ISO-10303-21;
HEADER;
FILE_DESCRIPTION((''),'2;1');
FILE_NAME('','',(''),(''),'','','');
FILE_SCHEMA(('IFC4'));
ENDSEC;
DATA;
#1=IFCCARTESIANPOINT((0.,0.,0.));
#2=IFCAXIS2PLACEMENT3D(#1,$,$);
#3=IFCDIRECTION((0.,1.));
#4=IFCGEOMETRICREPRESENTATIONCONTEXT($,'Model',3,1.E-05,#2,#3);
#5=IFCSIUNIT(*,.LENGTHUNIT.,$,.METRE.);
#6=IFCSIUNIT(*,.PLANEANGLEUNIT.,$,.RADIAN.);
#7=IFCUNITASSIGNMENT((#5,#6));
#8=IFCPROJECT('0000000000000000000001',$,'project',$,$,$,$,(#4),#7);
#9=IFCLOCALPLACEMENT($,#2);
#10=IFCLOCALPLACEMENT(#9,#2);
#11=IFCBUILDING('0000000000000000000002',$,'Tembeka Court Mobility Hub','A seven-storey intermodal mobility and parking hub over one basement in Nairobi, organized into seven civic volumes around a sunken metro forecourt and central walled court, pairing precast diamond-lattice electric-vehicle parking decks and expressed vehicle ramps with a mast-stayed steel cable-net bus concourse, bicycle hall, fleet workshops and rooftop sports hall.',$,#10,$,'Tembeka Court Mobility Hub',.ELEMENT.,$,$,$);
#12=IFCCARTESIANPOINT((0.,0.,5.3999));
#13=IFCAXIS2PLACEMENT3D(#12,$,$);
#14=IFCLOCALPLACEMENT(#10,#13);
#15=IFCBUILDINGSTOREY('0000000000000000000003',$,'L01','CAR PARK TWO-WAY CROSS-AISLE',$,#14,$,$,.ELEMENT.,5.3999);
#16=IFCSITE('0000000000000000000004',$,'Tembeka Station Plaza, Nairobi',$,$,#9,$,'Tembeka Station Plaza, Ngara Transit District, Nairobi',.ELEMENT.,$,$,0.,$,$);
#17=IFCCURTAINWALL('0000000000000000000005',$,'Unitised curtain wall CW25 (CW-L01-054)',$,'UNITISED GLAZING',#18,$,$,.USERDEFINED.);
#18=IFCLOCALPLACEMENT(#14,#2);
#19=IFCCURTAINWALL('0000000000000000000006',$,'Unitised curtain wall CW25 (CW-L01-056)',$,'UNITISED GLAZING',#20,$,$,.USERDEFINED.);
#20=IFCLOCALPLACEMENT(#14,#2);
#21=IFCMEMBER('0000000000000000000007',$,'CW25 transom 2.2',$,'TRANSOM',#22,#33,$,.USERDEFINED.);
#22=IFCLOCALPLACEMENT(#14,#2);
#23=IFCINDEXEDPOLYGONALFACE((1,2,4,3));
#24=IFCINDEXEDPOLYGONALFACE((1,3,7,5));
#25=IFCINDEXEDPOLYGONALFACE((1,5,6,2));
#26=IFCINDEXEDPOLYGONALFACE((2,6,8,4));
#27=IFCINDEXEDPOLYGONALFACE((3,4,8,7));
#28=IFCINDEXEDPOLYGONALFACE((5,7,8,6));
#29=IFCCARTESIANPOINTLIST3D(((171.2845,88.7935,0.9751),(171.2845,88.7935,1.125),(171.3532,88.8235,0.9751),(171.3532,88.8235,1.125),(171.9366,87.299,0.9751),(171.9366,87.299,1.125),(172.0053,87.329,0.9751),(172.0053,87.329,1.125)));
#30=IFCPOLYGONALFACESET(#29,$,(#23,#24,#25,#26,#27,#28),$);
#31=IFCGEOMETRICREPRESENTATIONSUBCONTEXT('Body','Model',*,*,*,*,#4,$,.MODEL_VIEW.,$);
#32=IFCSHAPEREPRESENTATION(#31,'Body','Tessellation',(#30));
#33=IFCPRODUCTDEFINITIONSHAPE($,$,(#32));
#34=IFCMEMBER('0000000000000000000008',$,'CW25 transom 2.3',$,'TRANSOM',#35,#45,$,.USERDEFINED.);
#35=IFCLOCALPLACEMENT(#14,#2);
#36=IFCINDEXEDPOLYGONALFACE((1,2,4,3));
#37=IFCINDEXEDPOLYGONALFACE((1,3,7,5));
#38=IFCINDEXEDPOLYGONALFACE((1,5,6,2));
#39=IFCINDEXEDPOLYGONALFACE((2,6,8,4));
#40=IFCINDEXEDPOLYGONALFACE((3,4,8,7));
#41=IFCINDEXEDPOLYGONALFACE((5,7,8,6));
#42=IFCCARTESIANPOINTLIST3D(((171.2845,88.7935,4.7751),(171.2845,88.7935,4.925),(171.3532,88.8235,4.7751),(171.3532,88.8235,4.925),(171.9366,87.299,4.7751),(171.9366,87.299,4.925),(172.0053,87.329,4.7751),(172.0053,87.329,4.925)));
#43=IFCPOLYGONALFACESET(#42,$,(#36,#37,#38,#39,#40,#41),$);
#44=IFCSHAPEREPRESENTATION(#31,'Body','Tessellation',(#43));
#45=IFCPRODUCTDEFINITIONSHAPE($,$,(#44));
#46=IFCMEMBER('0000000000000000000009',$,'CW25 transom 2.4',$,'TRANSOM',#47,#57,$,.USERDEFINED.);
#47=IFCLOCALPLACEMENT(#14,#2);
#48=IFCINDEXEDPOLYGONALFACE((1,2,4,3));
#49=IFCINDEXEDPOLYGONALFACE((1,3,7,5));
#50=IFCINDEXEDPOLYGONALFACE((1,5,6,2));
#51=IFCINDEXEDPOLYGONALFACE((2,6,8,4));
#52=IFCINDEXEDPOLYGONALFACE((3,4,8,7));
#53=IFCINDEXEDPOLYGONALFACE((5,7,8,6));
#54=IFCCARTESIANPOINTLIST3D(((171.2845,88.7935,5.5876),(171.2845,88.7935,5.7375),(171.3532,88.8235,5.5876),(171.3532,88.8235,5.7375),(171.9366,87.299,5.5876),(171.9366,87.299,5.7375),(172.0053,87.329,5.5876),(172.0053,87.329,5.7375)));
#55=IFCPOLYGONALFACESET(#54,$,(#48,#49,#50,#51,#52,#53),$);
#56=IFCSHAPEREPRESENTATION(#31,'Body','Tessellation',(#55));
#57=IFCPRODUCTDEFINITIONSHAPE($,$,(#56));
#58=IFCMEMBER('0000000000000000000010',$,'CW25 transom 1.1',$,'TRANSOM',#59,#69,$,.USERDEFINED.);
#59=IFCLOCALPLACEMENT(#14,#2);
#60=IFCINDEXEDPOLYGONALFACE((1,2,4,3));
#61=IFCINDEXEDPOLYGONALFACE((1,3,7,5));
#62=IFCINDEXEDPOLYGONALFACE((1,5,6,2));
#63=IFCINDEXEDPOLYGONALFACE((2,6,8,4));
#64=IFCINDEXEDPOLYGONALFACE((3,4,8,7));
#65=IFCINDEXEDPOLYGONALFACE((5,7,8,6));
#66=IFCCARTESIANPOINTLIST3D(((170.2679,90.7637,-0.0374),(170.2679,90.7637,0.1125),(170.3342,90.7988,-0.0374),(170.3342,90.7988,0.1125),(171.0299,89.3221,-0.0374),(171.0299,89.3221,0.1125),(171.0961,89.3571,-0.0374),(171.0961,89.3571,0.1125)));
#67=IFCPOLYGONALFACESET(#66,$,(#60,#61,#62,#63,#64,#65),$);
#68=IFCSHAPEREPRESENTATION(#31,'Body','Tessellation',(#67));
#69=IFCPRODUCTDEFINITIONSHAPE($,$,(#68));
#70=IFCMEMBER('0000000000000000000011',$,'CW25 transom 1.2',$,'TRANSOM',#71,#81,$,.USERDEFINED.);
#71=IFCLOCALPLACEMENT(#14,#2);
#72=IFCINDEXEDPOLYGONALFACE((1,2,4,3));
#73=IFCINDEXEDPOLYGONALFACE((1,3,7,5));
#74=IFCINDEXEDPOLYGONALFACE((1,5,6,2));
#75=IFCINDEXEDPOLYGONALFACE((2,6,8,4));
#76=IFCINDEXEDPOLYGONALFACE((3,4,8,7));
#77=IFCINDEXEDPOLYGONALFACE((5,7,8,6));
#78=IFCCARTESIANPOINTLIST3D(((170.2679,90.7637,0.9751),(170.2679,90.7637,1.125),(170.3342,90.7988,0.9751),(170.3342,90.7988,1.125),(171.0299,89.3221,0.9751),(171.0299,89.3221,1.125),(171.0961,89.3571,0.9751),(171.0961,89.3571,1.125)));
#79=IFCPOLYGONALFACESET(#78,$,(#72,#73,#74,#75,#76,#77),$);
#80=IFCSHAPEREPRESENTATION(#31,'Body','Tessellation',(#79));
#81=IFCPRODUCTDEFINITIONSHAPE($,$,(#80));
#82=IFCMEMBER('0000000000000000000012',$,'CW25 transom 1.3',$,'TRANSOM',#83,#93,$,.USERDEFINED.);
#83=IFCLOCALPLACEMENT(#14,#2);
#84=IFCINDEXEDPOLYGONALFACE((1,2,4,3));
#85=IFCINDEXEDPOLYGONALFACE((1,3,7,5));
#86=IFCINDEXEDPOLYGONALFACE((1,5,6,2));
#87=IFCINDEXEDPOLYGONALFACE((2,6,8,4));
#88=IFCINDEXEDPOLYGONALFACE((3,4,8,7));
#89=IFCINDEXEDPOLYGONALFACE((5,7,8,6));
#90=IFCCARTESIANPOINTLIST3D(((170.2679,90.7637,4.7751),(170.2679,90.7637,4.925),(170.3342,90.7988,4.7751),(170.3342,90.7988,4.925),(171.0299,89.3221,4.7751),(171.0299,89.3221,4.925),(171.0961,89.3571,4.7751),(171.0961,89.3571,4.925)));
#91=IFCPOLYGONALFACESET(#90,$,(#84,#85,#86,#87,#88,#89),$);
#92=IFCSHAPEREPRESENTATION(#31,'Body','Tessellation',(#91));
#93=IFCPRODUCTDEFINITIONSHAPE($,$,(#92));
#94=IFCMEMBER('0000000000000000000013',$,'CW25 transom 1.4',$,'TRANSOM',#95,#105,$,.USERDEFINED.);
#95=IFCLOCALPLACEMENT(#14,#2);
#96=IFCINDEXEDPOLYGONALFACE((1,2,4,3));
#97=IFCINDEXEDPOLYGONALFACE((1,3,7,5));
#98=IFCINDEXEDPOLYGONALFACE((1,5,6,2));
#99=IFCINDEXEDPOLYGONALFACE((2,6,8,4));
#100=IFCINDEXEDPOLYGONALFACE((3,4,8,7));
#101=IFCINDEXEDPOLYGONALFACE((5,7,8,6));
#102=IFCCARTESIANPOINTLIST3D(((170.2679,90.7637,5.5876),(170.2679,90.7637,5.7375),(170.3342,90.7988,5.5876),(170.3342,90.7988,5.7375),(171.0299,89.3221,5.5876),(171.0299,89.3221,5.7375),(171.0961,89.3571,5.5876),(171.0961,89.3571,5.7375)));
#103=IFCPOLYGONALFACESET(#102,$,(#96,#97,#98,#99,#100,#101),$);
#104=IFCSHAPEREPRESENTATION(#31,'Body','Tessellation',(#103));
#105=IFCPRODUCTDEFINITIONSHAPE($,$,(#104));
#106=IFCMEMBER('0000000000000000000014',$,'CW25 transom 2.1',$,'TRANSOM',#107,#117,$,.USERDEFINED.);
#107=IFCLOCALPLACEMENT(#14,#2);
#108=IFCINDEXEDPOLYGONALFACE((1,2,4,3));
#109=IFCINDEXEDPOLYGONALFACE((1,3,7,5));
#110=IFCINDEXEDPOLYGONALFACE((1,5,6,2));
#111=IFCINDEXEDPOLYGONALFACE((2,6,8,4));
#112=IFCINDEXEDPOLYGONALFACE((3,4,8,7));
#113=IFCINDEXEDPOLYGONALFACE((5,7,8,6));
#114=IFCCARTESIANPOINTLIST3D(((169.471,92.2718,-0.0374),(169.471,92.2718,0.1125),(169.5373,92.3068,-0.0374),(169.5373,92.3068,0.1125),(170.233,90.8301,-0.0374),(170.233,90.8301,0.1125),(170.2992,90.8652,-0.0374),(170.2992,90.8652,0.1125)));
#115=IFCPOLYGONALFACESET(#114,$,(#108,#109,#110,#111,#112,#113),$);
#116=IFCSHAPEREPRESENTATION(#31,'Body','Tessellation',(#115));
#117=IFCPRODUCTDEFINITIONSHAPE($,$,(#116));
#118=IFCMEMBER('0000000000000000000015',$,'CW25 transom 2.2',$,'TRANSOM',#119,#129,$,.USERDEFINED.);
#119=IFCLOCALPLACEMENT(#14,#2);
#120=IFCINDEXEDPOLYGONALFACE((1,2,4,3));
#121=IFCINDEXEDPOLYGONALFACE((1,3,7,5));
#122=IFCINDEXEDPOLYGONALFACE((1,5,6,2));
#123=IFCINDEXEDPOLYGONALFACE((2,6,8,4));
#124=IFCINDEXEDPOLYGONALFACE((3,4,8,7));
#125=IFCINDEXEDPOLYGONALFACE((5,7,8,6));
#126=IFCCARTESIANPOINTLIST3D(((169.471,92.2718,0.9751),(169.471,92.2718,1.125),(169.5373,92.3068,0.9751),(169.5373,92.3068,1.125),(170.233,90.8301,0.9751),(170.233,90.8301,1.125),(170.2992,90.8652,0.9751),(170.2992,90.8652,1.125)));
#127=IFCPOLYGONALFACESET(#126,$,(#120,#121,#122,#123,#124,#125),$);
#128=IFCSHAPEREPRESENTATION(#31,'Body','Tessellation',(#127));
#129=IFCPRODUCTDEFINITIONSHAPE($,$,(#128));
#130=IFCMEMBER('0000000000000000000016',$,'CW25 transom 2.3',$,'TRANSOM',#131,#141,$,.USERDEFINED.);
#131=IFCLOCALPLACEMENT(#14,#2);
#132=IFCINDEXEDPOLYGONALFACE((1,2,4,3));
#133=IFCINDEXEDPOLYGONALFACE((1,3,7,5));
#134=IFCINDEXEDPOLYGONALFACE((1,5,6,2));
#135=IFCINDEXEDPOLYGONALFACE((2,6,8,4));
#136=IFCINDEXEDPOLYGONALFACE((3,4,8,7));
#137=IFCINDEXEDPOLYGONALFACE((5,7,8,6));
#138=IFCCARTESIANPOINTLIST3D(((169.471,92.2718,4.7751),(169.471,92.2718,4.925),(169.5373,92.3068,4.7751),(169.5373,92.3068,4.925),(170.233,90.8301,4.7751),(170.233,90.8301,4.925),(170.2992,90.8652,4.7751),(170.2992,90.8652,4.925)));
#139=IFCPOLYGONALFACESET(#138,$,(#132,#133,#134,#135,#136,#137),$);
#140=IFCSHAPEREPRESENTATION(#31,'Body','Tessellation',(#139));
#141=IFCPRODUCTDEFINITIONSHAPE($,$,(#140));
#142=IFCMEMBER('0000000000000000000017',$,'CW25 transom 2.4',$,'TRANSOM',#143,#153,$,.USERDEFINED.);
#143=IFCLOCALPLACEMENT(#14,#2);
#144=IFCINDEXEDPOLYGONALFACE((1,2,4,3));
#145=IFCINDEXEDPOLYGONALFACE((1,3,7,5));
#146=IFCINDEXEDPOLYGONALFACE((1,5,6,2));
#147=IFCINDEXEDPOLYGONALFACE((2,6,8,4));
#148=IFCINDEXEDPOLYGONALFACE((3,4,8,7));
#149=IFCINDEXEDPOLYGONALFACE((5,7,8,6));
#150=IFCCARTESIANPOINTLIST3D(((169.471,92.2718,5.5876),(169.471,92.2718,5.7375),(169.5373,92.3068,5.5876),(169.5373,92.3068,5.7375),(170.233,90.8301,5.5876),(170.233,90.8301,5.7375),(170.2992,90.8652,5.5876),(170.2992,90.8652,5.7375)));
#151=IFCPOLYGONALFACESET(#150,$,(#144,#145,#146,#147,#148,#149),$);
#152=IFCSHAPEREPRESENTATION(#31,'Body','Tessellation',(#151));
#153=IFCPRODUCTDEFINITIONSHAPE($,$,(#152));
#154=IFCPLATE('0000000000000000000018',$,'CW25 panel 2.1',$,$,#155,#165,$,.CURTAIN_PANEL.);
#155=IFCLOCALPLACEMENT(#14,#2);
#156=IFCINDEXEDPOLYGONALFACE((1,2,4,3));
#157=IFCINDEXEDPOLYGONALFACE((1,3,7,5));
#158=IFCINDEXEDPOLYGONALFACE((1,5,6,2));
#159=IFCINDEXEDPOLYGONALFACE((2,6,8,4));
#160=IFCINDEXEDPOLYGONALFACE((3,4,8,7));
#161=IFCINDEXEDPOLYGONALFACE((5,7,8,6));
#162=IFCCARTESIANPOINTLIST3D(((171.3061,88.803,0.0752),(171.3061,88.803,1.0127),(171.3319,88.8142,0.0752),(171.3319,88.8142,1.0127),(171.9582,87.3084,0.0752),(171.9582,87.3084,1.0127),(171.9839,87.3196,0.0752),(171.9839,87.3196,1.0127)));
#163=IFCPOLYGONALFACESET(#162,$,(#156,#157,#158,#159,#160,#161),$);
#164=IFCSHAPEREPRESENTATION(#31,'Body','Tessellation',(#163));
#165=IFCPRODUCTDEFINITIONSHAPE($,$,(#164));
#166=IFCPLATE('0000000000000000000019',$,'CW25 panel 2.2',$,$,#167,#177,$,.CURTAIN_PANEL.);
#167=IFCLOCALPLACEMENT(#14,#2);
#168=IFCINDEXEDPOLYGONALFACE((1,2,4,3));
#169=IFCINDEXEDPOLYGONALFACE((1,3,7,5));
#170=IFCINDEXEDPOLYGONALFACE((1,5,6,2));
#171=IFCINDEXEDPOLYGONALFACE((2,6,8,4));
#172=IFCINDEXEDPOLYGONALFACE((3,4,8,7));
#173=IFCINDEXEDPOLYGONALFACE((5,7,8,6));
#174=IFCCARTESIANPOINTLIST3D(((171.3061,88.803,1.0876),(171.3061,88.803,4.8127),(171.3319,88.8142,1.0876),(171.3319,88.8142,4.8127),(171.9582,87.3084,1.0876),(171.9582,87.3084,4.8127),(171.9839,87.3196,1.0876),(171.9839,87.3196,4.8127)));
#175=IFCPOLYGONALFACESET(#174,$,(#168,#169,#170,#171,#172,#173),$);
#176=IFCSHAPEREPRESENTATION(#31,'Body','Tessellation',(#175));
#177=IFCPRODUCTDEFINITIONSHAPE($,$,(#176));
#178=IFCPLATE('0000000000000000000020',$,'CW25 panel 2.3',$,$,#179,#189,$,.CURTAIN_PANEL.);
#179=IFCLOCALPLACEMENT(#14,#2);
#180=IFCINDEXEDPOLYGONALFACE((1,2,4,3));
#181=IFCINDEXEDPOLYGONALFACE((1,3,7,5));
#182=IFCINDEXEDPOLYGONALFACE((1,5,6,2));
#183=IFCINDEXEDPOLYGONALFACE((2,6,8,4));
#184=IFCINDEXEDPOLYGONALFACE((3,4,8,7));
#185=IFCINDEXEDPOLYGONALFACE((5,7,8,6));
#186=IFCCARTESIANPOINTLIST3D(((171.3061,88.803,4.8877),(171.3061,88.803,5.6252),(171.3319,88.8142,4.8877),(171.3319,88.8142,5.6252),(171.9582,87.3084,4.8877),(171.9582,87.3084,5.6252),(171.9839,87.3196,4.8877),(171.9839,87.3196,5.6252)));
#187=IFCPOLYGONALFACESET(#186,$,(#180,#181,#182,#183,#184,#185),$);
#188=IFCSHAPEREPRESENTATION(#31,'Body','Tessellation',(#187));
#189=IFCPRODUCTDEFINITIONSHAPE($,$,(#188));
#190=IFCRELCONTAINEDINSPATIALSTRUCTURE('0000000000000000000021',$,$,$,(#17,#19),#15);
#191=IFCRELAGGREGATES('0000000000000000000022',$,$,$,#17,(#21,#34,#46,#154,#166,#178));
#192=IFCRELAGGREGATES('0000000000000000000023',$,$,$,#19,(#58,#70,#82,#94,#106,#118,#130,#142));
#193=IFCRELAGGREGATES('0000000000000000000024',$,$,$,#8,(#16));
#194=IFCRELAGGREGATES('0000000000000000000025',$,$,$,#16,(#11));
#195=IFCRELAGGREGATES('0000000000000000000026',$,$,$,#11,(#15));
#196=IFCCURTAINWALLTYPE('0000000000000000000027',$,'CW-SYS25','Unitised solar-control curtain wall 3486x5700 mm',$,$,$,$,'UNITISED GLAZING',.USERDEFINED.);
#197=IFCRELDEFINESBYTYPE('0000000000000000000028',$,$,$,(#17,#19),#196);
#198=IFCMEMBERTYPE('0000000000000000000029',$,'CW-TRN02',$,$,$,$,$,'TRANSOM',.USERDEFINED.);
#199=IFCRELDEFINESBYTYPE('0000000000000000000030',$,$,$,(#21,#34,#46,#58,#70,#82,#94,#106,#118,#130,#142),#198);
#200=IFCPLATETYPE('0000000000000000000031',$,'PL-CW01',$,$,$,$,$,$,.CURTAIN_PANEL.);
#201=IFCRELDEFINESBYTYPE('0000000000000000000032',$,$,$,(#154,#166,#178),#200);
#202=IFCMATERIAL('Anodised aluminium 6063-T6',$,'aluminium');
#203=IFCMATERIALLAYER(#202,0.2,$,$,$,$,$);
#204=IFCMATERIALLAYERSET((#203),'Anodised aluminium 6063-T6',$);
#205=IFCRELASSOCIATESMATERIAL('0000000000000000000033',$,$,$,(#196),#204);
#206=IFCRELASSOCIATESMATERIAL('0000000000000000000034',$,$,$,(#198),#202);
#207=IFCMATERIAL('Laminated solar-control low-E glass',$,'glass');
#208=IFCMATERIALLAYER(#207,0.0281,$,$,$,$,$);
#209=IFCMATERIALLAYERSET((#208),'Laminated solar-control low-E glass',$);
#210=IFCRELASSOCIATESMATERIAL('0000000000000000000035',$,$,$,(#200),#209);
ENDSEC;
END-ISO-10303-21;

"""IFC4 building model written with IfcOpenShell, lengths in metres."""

from ifc_helpers import new_model, si_unit, direction, frame, origin, origin_2d, place, context, subcontext, project, spatial, rectangle, extrude, material, layer, layer_set, material_profile, profile_set, type_object, element, aggregate, save


model = new_model("IFC4")

# Units and contexts
model_context = context("Model", 3, precision=1e-05, world=origin(), true_north=direction((0.0, 1.0)))
body_context = subcontext(model_context, "Body", "Model", "MODEL_VIEW")
ifc_project = project(units=[si_unit("LENGTHUNIT", "METRE"), si_unit("PLANEANGLEUNIT", "RADIAN")], contexts=[model_context])

# Site, building, storey
site_placement = place(None, origin())
site = spatial("IfcSite", under=ifc_project, at=site_placement, Name="Tembeka Station Plaza, Nairobi", LongName="Tembeka Station Plaza, Ngara Transit District, Nairobi", CompositionType="ELEMENT", RefElevation=0.0)
building_placement = place(site_placement, origin())
building = spatial("IfcBuilding", under=site, at=building_placement, Name="Tembeka Court Mobility Hub", Description="A seven-storey intermodal mobility and parking hub over one basement in Nairobi, organized into seven civic volumes around a sunken metro forecourt and central walled court, pairing precast diamond-lattice electric-vehicle parking decks and expressed vehicle ramps with a mast-stayed steel cable-net bus concourse, bicycle hall, fleet workshops and rooftop sports hall.", LongName="Tembeka Court Mobility Hub", CompositionType="ELEMENT")
storey_placement = place(building_placement, frame((0.0, 0.0, 5.3999)))
storey = spatial("IfcBuildingStorey", under=building, at=storey_placement, Name="L01", Description="CAR PARK TWO-WAY CROSS-AISLE", CompositionType="ELEMENT", Elevation=5.3999)

# Curtain wall
ifc_material_1 = material(Name="Anodised aluminium 6063-T6", Category="aluminium")
ifc_layer_1 = layer(ifc_material_1, 0.2)
ifc_layer_set_1 = layer_set([ifc_layer_1], Name="Anodised aluminium 6063-T6")
curtain_wall_type = type_object("IfcCurtainWallType", Name="CW-SYS25", Description="Unitised solar-control curtain wall 3486x5700 mm", ElementType="UNITISED GLAZING", PredefinedType="USERDEFINED", material=ifc_layer_set_1)
curtain_wall_1_placement = place(storey_placement, origin())
curtain_wall_1 = element("IfcCurtainWall", 1, at=curtain_wall_1_placement, inside=storey, type_object=curtain_wall_type, Name="Unitised curtain wall CW25 (CW-L01-054)", ObjectType="UNITISED GLAZING", PredefinedType="USERDEFINED")

# Curtain wall
curtain_wall_2_placement = place(storey_placement, origin())
curtain_wall_2 = element("IfcCurtainWall", 2, at=curtain_wall_2_placement, inside=storey, type_object=curtain_wall_type, Name="Unitised curtain wall CW25 (CW-L01-056)", ObjectType="UNITISED GLAZING", PredefinedType="USERDEFINED")

# Members
ifc_material_profile_1 = material_profile(ifc_material_1, rectangle(XDim=0.075, YDim=0.1499, at=origin_2d()), Name="ALU-TRN 75x150")
ifc_profile_set_1 = profile_set([ifc_material_profile_1], Name="Anodised aluminium 6063-T6")
member_type_1 = type_object("IfcMemberType", Name="CW-TRN02", ElementType="TRANSOM", PredefinedType="USERDEFINED", material=ifc_profile_set_1)
member_1_placement = place(storey_placement, frame((171.9709, 87.314, 1.05), z_axis=(-0.399892, 0.916562, 0.0), x_axis=(-0.916562, -0.399892, 0.0)))
member_1 = element("IfcMember", 3, at=member_1_placement, type_object=member_type_1, Name="CW25 transom 2.2", ObjectType="TRANSOM", PredefinedType="USERDEFINED", context=body_context, shape_type="SweptSolid", body=[
    extrude(rectangle(XDim=0.075, YDim=0.1499, at=origin_2d()), origin(), (0.0, 0.0, 1.0), 1.6306),
])
member_2_placement = place(storey_placement, frame((171.9709, 87.314, 4.8501), z_axis=(-0.399892, 0.916562, 0.0), x_axis=(-0.916562, -0.399892, 0.0)))
member_2 = element("IfcMember", 4, at=member_2_placement, type_object=member_type_1, Name="CW25 transom 2.3", ObjectType="TRANSOM", PredefinedType="USERDEFINED", context=body_context, shape_type="SweptSolid", body=[
    extrude(rectangle(XDim=0.075, YDim=0.1499, at=origin_2d()), origin(), (0.0, 0.0, 1.0), 1.6306),
])
member_3_placement = place(storey_placement, frame((171.9709, 87.314, 5.6626), z_axis=(-0.399892, 0.916562, 0.0), x_axis=(-0.916562, -0.399892, 0.0)))
member_3 = element("IfcMember", 5, at=member_3_placement, type_object=member_type_1, Name="CW25 transom 2.4", ObjectType="TRANSOM", PredefinedType="USERDEFINED", context=body_context, shape_type="SweptSolid", body=[
    extrude(rectangle(XDim=0.075, YDim=0.1499, at=origin_2d()), origin(), (0.0, 0.0, 1.0), 1.6306),
])
member_4_placement = place(storey_placement, frame((171.063, 89.3396, 0.0376), z_axis=(-0.467282, 0.884108, 0.0), x_axis=(-0.884108, -0.467282, 0.0)))
member_4 = element("IfcMember", 6, at=member_4_placement, type_object=member_type_1, Name="CW25 transom 1.1", ObjectType="TRANSOM", PredefinedType="USERDEFINED", context=body_context, shape_type="SweptSolid", body=[
    extrude(rectangle(XDim=0.075, YDim=0.1499, at=origin_2d()), origin(), (0.0, 0.0, 1.0), 1.6306),
])
member_5_placement = place(storey_placement, frame((171.063, 89.3396, 1.05), z_axis=(-0.467282, 0.884108, 0.0), x_axis=(-0.884108, -0.467282, 0.0)))
member_5 = element("IfcMember", 7, at=member_5_placement, type_object=member_type_1, Name="CW25 transom 1.2", ObjectType="TRANSOM", PredefinedType="USERDEFINED", context=body_context, shape_type="SweptSolid", body=[
    extrude(rectangle(XDim=0.075, YDim=0.1499, at=origin_2d()), origin(), (0.0, 0.0, 1.0), 1.6306),
])
member_6_placement = place(storey_placement, frame((171.063, 89.3396, 4.8501), z_axis=(-0.467282, 0.884108, 0.0), x_axis=(-0.884108, -0.467282, 0.0)))
member_6 = element("IfcMember", 8, at=member_6_placement, type_object=member_type_1, Name="CW25 transom 1.3", ObjectType="TRANSOM", PredefinedType="USERDEFINED", context=body_context, shape_type="SweptSolid", body=[
    extrude(rectangle(XDim=0.075, YDim=0.1499, at=origin_2d()), origin(), (0.0, 0.0, 1.0), 1.6306),
])
member_7_placement = place(storey_placement, frame((171.063, 89.3396, 5.6626), z_axis=(-0.467282, 0.884108, 0.0), x_axis=(-0.884108, -0.467282, 0.0)))
member_7 = element("IfcMember", 9, at=member_7_placement, type_object=member_type_1, Name="CW25 transom 1.4", ObjectType="TRANSOM", PredefinedType="USERDEFINED", context=body_context, shape_type="SweptSolid", body=[
    extrude(rectangle(XDim=0.075, YDim=0.1499, at=origin_2d()), origin(), (0.0, 0.0, 1.0), 1.6306),
])
member_8_placement = place(storey_placement, frame((170.2661, 90.8477, 0.0376), z_axis=(-0.467282, 0.884108, 0.0), x_axis=(-0.884108, -0.467282, 0.0)))
member_8 = element("IfcMember", 10, at=member_8_placement, type_object=member_type_1, Name="CW25 transom 2.1", ObjectType="TRANSOM", PredefinedType="USERDEFINED", context=body_context, shape_type="SweptSolid", body=[
    extrude(rectangle(XDim=0.075, YDim=0.1499, at=origin_2d()), origin(), (0.0, 0.0, 1.0), 1.6306),
])
member_9_placement = place(storey_placement, frame((170.2661, 90.8477, 1.05), z_axis=(-0.467282, 0.884108, 0.0), x_axis=(-0.884108, -0.467282, 0.0)))
member_9 = element("IfcMember", 11, at=member_9_placement, type_object=member_type_1, Name="CW25 transom 2.2", ObjectType="TRANSOM", PredefinedType="USERDEFINED", context=body_context, shape_type="SweptSolid", body=[
    extrude(rectangle(XDim=0.075, YDim=0.1499, at=origin_2d()), origin(), (0.0, 0.0, 1.0), 1.6306),
])
member_10_placement = place(storey_placement, frame((170.2661, 90.8477, 4.8501), z_axis=(-0.467282, 0.884108, 0.0), x_axis=(-0.884108, -0.467282, 0.0)))
member_10 = element("IfcMember", 12, at=member_10_placement, type_object=member_type_1, Name="CW25 transom 2.3", ObjectType="TRANSOM", PredefinedType="USERDEFINED", context=body_context, shape_type="SweptSolid", body=[
    extrude(rectangle(XDim=0.075, YDim=0.1499, at=origin_2d()), origin(), (0.0, 0.0, 1.0), 1.6306),
])
member_11_placement = place(storey_placement, frame((170.2661, 90.8477, 5.6626), z_axis=(-0.467282, 0.884108, 0.0), x_axis=(-0.884108, -0.467282, 0.0)))
member_11 = element("IfcMember", 13, at=member_11_placement, type_object=member_type_1, Name="CW25 transom 2.4", ObjectType="TRANSOM", PredefinedType="USERDEFINED", context=body_context, shape_type="SweptSolid", body=[
    extrude(rectangle(XDim=0.075, YDim=0.1499, at=origin_2d()), origin(), (0.0, 0.0, 1.0), 1.6306),
])

# Plates
ifc_material_2 = material(Name="Laminated solar-control low-E glass", Category="glass")
ifc_layer_2 = layer(ifc_material_2, 0.0281)
ifc_layer_set_2 = layer_set([ifc_layer_2], Name="Laminated solar-control low-E glass")
plate_type_1 = type_object("IfcPlateType", Name="PL-CW01", PredefinedType="CURTAIN_PANEL", material=ifc_layer_set_2)
plate_1_placement = place(storey_placement, frame((171.645, 88.0613, 0.0752), z_axis=(0.0, 0.0, 1.0), x_axis=(-0.399869, 0.916572, 0.0)))
plate_1 = element("IfcPlate", 14, at=plate_1_placement, type_object=plate_type_1, Name="CW25 panel 2.1", PredefinedType="CURTAIN_PANEL", context=body_context, shape_type="SweptSolid", body=[
    extrude(rectangle(XDim=1.6306, YDim=0.0281, at=origin_2d()), origin(), (0.0, 0.0, 1.0), 0.9375),
])
plate_2_placement = place(storey_placement, frame((171.645, 88.0613, 1.0876), z_axis=(0.0, 0.0, 1.0), x_axis=(-0.399869, 0.916572, 0.0)))
plate_2 = element("IfcPlate", 15, at=plate_2_placement, type_object=plate_type_1, Name="CW25 panel 2.2", PredefinedType="CURTAIN_PANEL", context=body_context, shape_type="SweptSolid", body=[
    extrude(rectangle(XDim=1.6306, YDim=0.0281, at=origin_2d()), origin(), (0.0, 0.0, 1.0), 3.7251),
])
plate_3_placement = place(storey_placement, frame((171.645, 88.0613, 4.8877), z_axis=(0.0, 0.0, 1.0), x_axis=(-0.399869, 0.916572, 0.0)))
plate_3 = element("IfcPlate", 16, at=plate_3_placement, type_object=plate_type_1, Name="CW25 panel 2.3", PredefinedType="CURTAIN_PANEL", context=body_context, shape_type="SweptSolid", body=[
    extrude(rectangle(XDim=1.6306, YDim=0.0281, at=origin_2d()), origin(), (0.0, 0.0, 1.0), 0.7375),
])
aggregate(curtain_wall_1, [member_1, member_2, member_3, plate_1, plate_2, plate_3])
aggregate(curtain_wall_2, [member_4, member_5, member_6, member_7, member_8, member_9, member_10, member_11])

save(model, "model.ifc")
